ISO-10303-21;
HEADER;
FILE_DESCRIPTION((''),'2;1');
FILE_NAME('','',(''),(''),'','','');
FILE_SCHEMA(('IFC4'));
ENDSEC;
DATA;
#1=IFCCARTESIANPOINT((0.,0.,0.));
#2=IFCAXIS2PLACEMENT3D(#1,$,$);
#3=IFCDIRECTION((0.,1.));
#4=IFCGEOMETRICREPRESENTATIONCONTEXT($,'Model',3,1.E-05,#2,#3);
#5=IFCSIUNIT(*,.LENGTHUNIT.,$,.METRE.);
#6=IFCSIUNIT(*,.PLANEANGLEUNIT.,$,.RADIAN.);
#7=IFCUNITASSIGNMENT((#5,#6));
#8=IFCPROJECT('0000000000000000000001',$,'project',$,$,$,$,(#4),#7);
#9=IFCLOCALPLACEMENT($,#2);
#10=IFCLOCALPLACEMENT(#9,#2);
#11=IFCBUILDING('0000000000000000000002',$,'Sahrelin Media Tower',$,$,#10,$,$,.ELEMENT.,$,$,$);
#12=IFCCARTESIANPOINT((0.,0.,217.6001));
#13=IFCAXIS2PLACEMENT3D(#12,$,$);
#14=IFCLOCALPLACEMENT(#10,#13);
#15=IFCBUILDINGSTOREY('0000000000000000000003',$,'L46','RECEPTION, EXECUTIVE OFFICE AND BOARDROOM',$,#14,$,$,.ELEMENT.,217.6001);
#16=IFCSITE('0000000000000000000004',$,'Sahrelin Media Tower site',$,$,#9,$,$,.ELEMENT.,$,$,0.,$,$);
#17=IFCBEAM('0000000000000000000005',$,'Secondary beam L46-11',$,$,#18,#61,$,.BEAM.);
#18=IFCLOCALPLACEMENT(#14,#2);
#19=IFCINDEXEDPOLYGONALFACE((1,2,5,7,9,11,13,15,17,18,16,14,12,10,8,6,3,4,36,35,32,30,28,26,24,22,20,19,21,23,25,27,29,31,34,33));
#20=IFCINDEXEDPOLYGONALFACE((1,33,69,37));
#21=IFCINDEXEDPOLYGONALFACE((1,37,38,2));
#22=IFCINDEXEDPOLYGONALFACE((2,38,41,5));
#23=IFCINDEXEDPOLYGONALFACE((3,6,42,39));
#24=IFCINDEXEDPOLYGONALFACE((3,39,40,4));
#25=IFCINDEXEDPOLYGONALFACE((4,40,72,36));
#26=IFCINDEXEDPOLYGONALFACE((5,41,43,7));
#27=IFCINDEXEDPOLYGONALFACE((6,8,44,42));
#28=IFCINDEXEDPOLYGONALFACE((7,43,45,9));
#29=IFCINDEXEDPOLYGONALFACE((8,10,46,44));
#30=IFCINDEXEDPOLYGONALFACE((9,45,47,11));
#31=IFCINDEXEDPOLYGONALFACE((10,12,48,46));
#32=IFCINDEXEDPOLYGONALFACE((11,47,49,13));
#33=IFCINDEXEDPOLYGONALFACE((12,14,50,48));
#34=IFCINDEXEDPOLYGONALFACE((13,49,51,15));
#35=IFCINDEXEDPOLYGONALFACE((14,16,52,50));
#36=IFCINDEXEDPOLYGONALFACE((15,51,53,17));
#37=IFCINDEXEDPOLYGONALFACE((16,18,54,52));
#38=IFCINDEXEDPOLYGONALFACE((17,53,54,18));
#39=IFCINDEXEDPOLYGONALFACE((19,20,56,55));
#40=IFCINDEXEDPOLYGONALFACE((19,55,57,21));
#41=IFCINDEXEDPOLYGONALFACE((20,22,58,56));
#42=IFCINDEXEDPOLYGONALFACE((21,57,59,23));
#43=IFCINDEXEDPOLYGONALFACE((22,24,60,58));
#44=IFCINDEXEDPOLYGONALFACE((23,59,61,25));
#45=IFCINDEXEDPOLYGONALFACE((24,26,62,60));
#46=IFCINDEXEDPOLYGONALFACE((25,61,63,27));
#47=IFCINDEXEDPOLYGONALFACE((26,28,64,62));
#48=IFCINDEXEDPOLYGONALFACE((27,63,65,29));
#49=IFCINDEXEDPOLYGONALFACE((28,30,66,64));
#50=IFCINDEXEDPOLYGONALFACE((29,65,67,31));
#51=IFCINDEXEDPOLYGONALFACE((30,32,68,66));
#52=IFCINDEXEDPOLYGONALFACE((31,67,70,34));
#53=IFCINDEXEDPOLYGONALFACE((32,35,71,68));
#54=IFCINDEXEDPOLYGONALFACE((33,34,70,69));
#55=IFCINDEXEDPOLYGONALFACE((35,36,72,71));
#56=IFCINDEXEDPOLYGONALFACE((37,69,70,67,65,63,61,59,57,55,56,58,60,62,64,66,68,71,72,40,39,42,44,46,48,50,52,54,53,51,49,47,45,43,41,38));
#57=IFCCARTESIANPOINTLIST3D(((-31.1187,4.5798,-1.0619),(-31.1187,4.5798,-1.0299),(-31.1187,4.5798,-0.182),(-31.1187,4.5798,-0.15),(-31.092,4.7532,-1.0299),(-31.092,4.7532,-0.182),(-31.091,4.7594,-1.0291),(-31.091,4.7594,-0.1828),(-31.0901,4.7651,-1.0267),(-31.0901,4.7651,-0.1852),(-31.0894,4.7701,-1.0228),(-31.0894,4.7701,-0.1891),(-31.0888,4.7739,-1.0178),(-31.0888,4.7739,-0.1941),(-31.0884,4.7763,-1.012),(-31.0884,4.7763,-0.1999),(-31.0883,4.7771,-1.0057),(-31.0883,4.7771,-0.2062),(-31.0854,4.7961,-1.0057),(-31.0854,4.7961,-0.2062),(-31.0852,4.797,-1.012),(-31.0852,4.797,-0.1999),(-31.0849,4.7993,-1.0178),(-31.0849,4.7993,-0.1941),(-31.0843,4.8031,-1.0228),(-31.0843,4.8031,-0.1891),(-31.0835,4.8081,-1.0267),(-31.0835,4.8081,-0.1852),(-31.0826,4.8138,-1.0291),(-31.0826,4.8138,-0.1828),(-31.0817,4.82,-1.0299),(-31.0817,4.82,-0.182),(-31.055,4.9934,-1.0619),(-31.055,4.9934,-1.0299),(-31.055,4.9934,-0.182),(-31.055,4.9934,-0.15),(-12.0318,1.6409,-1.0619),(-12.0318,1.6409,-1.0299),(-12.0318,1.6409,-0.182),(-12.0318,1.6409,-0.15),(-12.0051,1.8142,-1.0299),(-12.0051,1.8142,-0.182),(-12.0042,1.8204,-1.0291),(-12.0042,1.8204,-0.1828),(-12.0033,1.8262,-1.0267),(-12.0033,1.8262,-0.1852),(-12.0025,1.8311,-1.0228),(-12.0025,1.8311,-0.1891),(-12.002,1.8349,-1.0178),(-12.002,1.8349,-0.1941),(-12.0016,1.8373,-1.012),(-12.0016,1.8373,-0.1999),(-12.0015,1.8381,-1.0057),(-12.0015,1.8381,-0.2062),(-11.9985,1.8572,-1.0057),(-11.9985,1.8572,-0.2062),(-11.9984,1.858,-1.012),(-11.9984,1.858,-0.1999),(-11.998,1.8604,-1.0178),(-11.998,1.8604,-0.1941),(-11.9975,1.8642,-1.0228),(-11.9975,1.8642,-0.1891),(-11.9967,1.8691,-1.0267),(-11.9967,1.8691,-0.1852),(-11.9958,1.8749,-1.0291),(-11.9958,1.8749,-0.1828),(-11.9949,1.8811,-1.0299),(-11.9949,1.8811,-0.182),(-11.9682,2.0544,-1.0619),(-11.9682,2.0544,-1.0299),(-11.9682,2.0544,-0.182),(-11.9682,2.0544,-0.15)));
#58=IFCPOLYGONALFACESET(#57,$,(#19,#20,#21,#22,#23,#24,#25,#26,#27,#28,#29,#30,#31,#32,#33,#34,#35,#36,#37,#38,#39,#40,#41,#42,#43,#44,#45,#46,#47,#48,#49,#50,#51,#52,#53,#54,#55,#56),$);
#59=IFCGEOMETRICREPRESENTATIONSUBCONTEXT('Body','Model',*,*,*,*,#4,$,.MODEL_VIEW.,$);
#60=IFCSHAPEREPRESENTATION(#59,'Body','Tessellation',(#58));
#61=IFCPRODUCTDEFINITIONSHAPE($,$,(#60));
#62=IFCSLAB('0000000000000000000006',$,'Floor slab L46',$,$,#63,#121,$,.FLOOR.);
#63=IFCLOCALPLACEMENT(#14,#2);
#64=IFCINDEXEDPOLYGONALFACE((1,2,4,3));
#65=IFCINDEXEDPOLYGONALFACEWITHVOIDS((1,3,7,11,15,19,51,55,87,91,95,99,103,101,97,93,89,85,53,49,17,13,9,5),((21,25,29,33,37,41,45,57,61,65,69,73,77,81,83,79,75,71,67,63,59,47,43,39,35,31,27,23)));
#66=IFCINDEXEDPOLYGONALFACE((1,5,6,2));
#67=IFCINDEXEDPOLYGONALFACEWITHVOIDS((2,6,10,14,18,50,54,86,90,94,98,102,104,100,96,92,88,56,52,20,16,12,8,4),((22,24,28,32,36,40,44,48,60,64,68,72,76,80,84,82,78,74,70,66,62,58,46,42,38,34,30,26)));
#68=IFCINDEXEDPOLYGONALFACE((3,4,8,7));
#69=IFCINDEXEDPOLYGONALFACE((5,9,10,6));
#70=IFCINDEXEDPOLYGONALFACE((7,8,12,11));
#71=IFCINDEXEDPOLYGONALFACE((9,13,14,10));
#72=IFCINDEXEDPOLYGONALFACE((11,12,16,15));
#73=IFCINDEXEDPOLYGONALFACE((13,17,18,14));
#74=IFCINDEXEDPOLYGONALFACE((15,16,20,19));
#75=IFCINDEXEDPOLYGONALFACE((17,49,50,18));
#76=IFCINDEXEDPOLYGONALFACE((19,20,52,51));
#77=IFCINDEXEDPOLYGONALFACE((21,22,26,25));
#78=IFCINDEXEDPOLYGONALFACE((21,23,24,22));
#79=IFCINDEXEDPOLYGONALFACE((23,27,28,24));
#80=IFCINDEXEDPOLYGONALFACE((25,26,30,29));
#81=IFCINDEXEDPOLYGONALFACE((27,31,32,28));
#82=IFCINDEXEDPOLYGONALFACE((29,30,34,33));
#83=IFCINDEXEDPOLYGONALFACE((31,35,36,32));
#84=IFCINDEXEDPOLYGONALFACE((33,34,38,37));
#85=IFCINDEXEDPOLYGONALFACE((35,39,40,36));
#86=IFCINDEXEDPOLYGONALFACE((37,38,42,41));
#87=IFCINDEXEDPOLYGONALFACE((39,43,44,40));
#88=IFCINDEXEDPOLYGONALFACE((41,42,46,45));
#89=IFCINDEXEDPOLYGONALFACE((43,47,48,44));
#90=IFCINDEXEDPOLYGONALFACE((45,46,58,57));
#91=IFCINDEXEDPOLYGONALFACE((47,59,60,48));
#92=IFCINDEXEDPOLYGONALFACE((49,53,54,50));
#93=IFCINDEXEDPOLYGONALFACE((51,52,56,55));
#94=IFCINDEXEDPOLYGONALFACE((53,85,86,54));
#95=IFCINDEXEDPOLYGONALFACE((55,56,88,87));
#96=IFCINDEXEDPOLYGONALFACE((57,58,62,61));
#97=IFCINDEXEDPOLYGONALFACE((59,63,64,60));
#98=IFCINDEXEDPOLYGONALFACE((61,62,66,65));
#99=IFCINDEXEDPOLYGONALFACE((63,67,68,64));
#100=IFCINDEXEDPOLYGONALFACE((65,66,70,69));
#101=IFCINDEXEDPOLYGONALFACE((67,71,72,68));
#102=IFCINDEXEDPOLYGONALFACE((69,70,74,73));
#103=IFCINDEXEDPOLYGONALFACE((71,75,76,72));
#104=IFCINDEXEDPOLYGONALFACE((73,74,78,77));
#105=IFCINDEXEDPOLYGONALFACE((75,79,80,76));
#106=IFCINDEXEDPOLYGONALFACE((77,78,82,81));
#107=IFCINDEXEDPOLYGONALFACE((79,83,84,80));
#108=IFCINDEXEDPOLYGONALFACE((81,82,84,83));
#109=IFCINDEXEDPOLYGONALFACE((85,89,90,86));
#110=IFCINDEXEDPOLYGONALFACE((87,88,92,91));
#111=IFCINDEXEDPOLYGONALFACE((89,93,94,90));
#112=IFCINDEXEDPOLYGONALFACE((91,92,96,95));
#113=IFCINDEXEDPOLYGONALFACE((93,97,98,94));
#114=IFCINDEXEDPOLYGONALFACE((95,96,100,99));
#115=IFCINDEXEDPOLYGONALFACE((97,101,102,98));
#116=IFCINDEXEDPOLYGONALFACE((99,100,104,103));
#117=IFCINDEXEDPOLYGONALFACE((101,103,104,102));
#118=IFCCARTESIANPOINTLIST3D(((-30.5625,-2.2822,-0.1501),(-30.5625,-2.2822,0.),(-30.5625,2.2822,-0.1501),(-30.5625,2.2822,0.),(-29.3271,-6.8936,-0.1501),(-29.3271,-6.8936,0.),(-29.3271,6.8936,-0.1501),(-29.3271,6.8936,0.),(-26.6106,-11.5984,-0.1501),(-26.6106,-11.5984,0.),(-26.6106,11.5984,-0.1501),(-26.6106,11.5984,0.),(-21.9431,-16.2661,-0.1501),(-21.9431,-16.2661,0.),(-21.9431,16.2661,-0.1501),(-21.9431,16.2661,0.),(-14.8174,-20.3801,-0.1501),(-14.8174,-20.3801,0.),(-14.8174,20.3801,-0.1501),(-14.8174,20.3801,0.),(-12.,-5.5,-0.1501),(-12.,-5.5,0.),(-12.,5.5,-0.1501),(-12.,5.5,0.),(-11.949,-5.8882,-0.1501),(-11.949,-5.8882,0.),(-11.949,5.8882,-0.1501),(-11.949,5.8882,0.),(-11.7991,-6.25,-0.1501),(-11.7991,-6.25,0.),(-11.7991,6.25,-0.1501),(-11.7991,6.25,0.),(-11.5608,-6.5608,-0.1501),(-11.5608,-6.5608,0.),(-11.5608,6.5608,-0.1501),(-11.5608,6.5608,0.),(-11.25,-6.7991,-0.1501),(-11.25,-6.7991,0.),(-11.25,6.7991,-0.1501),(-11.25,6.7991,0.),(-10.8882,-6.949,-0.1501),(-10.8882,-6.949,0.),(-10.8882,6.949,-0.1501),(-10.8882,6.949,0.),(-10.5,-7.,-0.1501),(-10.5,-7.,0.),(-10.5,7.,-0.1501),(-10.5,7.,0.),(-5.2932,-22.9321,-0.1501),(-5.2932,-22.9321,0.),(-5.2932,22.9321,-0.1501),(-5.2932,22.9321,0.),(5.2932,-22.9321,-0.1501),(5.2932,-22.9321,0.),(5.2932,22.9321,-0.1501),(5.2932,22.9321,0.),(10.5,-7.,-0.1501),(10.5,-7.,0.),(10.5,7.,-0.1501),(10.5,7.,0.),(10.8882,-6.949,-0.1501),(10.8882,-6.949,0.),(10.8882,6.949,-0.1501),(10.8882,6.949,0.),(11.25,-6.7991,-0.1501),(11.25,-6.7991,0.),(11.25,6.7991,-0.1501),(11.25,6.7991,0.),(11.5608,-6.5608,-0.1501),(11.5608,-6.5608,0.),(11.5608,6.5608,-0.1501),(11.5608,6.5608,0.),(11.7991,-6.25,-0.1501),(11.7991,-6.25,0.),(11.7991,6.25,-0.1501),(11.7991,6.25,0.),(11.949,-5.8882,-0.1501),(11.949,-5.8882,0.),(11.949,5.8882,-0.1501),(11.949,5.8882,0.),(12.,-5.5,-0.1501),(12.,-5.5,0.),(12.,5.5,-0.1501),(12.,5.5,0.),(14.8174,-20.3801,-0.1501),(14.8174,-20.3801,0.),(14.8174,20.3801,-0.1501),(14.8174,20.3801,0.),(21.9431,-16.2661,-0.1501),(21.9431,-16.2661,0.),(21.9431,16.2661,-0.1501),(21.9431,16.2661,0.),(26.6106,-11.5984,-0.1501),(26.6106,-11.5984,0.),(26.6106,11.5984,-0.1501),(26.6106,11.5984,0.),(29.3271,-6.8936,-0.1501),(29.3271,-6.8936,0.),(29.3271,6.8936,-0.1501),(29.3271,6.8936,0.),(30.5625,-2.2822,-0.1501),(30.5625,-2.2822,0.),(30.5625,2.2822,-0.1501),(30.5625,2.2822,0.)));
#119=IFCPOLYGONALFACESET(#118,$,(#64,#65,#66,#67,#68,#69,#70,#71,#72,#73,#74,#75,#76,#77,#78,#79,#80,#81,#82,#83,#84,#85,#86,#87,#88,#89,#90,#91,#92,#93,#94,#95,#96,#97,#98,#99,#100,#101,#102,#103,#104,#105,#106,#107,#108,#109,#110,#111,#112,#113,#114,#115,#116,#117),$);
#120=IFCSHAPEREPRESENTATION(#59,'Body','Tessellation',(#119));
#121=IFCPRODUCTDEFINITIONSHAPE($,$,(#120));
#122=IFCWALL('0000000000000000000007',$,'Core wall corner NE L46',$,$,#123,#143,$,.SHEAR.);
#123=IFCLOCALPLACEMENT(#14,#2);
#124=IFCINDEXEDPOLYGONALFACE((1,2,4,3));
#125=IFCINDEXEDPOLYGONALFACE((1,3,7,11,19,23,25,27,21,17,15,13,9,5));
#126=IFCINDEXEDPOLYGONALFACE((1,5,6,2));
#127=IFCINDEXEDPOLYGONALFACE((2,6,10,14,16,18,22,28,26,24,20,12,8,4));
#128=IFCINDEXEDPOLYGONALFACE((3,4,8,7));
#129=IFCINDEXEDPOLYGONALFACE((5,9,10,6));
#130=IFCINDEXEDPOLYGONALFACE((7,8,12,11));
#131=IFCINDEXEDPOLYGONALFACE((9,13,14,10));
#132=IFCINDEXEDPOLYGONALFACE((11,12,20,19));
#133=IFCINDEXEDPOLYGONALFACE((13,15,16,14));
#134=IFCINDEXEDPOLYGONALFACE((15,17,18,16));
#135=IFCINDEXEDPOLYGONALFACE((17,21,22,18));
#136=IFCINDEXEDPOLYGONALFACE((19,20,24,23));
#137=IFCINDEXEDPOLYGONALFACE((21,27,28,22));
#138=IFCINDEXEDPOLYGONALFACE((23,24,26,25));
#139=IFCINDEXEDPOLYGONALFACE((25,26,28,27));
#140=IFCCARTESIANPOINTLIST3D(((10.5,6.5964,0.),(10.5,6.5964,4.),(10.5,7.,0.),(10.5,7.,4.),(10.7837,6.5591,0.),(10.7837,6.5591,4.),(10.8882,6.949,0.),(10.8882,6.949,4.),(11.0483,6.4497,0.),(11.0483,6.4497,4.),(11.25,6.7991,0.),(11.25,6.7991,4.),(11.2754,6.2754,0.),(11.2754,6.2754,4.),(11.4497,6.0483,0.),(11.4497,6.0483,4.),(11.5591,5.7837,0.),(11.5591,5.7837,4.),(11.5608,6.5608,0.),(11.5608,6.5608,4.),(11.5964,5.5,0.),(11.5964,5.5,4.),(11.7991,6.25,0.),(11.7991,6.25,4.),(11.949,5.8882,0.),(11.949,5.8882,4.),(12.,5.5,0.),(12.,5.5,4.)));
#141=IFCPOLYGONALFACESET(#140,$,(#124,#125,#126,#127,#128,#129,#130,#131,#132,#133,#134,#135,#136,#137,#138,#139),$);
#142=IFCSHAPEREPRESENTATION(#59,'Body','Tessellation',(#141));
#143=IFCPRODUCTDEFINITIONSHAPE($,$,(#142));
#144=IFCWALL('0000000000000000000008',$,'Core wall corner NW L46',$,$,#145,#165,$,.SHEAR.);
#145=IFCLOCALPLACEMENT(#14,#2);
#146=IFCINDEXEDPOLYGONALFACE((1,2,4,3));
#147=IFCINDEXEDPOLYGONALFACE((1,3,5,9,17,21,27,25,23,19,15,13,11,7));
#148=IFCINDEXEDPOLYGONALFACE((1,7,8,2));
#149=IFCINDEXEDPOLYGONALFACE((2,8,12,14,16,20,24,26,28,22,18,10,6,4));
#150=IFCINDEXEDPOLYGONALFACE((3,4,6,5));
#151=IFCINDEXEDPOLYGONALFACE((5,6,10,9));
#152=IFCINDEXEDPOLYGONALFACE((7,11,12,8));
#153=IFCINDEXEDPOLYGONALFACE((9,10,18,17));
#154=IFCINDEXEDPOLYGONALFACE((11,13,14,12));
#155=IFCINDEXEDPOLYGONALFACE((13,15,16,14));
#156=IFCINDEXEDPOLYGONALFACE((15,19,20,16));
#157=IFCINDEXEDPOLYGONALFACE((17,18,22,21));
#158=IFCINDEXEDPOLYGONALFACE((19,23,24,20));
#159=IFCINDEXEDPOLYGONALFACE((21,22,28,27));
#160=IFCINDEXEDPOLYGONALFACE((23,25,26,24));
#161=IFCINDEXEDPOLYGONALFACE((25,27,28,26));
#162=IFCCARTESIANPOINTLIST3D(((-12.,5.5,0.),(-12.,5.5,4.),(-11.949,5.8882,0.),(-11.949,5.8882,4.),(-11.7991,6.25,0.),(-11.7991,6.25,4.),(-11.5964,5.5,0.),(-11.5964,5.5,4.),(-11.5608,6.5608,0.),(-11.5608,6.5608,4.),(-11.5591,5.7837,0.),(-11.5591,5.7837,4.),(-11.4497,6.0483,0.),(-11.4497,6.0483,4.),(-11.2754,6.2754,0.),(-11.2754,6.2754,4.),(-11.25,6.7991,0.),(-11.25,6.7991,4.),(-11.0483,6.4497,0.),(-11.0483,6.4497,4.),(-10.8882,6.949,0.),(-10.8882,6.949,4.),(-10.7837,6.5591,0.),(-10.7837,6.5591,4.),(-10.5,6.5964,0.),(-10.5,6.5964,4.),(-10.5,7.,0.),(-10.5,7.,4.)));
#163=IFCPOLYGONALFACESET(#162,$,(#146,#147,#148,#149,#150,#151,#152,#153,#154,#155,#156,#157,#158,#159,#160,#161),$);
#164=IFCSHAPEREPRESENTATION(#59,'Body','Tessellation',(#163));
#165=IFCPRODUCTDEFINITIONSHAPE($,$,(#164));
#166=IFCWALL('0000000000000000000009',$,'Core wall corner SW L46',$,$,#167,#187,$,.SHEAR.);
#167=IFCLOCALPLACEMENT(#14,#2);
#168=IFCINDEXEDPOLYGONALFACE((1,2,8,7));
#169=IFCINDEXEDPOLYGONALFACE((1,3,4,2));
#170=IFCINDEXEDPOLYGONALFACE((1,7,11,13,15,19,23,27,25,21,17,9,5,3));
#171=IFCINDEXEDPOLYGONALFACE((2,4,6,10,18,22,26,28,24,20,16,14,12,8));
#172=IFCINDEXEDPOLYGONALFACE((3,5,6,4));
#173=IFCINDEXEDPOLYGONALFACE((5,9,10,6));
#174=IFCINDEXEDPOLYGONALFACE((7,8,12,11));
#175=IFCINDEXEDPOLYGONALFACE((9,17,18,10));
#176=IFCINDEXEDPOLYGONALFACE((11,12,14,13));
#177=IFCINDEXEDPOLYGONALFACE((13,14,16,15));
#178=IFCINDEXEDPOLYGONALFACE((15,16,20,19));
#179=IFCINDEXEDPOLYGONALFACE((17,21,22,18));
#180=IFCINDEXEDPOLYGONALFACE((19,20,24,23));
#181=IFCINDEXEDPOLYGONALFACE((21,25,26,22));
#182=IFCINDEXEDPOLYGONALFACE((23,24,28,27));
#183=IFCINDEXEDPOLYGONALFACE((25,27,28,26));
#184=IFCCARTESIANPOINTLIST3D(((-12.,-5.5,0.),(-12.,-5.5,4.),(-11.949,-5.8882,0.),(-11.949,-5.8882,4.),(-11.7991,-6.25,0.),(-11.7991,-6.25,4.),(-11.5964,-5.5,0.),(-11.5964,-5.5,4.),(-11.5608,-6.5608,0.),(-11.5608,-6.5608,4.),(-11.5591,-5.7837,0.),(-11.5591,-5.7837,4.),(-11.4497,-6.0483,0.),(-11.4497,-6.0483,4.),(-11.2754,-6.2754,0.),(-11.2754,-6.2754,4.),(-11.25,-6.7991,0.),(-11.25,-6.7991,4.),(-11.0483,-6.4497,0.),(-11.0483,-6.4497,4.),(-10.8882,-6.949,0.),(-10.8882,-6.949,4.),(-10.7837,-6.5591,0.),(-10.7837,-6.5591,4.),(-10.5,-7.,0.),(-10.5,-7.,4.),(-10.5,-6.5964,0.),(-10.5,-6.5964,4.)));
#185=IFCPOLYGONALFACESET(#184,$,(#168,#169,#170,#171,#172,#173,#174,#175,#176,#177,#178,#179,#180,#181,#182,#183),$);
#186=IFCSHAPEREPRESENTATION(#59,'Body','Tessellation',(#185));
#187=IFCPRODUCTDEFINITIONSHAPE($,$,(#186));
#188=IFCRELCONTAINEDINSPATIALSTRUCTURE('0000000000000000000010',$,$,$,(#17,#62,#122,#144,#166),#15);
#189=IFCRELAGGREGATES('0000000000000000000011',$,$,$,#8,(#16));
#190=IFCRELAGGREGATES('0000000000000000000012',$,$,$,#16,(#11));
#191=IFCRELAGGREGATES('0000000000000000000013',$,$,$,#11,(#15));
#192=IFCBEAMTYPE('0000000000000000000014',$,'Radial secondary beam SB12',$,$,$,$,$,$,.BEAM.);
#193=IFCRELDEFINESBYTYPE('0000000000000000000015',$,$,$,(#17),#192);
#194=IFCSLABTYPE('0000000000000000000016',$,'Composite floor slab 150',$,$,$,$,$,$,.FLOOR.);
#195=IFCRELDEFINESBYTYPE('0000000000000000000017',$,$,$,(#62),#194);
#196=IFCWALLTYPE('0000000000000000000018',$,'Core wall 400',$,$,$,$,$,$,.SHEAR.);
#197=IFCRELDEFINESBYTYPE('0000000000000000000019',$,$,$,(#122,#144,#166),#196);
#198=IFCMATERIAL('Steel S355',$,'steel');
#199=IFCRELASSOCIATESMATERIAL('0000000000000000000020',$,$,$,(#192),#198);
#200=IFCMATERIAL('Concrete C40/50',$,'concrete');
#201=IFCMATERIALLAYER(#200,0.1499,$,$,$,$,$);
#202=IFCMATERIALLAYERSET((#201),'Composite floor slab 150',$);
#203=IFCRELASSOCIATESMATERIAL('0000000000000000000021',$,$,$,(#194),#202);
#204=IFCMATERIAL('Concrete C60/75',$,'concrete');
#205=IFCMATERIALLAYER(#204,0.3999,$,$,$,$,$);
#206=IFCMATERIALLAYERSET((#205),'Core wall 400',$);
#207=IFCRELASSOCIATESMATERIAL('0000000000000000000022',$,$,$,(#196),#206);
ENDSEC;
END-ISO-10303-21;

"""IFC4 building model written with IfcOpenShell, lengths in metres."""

from ifc_helpers import new_model, si_unit, direction, frame, origin, origin_2d, place, context, subcontext, project, spatial, polyline, i_section, outline, extrude, material, layer, layer_set, material_profile, profile_set, type_object, element, save


model = new_model("IFC4")

# Units and contexts
model_context = context("Model", 3, precision=1e-05, world=origin(), true_north=direction((0.0, 1.0)))
body_context = subcontext(model_context, "Body", "Model", "MODEL_VIEW")
ifc_project = project(units=[si_unit("LENGTHUNIT", "METRE"), si_unit("PLANEANGLEUNIT", "RADIAN")], contexts=[model_context])

# Site, building, storey
site_placement = place(None, origin())
site = spatial("IfcSite", under=ifc_project, at=site_placement, Name="Sahrelin Media Tower site", CompositionType="ELEMENT", RefElevation=0.0)
building_placement = place(site_placement, origin())
building = spatial("IfcBuilding", under=site, at=building_placement, Name="Sahrelin Media Tower", CompositionType="ELEMENT")
storey_placement = place(building_placement, frame((0.0, 0.0, 217.6001)))
storey = spatial("IfcBuildingStorey", under=building, at=storey_placement, Name="L46", Description="RECEPTION, EXECUTIVE OFFICE AND BOARDROOM", CompositionType="ELEMENT", Elevation=217.6001)

# Beam
ifc_material_1 = material(Name="Steel S355", Category="steel")
ifc_material_profile_1 = material_profile(ifc_material_1, i_section(OverallWidth=0.4185, OverallDepth=0.9119, WebThickness=0.0193, FlangeThickness=0.032, FilletRadius=0.0242, at=origin_2d()), Name="UB 914x419x343")
ifc_profile_set_1 = profile_set([ifc_material_profile_1], Name="Steel S355")
beam_type_1 = type_object("IfcBeamType", Name="Radial secondary beam SB12", PredefinedType="BEAM", material=ifc_profile_set_1)
beam_1_placement = place(storey_placement, frame((-12.0, 1.8477, -0.606), z_axis=(-0.988352, 0.152184, 0.0), x_axis=(-0.152184, -0.988352, 0.0)))
element("IfcBeam", 1, at=beam_1_placement, inside=storey, type_object=beam_type_1, Name="Secondary beam L46-11", PredefinedType="BEAM", context=body_context, shape_type="SweptSolid", body=[
    extrude(i_section(OverallWidth=0.4185, OverallDepth=0.9119, WebThickness=0.0193, FlangeThickness=0.032, FilletRadius=0.0242, at=origin_2d()), origin(), (0.0, 0.0, 1.0), 19.3118),
])

# Slab
ifc_material_2 = material(Name="Concrete C40/50", Category="concrete")
ifc_layer_1 = layer(ifc_material_2, 0.1499)
ifc_layer_set_1 = layer_set([ifc_layer_1], Name="Composite floor slab 150")
slab_type = type_object("IfcSlabType", Name="Composite floor slab 150", PredefinedType="FLOOR", material=ifc_layer_set_1)
slab_placement = place(storey_placement, frame((0.0, 0.0, -0.1501)))
element("IfcSlab", 2, at=slab_placement, inside=storey, type_object=slab_type, Name="Floor slab L46", PredefinedType="FLOOR", context=body_context, shape_type="SweptSolid", body=[
    extrude(outline(polyline([(30.5625, -2.2822), (30.5625, 2.2822), (29.3271, 6.8936), (26.6106, 11.5984), (21.9431, 16.2661), (14.8174, 20.3801), (5.2932, 22.9321), (-5.2932, 22.9321), (-14.8174, 20.3801), (-21.9431, 16.2661), (-26.6106, 11.5984), (-29.3271, 6.8936), (-30.5625, 2.2822), (-30.5625, -2.2822), (-29.3271, -6.8936), (-26.6106, -11.5984), (-21.9431, -16.2661), (-14.8174, -20.3801), (-5.2932, -22.9321), (5.2932, -22.9321), (14.8174, -20.3801), (21.9431, -16.2661), (26.6106, -11.5984), (29.3271, -6.8936), (30.5625, -2.2822)]), holes=[polyline([(11.949, 5.8882), (12.0, 5.5), (12.0, -5.5), (11.949, -5.8882), (11.7991, -6.25), (11.5608, -6.5608), (11.25, -6.7991), (10.8882, -6.949), (10.5, -7.0), (-10.5, -7.0), (-10.8882, -6.949), (-11.25, -6.7991), (-11.5608, -6.5608), (-11.7991, -6.25), (-11.949, -5.8882), (-12.0, -5.5), (-12.0, 5.5), (-11.949, 5.8882), (-11.7991, 6.25), (-11.5608, 6.5608), (-11.25, 6.7991), (-10.8882, 6.949), (-10.5, 7.0), (10.5, 7.0), (10.8882, 6.949), (11.25, 6.7991), (11.5608, 6.5608), (11.7991, 6.25), (11.949, 5.8882)])]), origin(), (0.0, 0.0, 1.0), 0.1501),
])

# Walls
ifc_material_3 = material(Name="Concrete C60/75", Category="concrete")
ifc_layer_2 = layer(ifc_material_3, 0.3999)
ifc_layer_set_2 = layer_set([ifc_layer_2], Name="Core wall 400")
wall_type_1 = type_object("IfcWallType", Name="Core wall 400", PredefinedType="SHEAR", material=ifc_layer_set_2)
placement = place(storey_placement, origin())
element("IfcWall", 3, at=placement, inside=storey, type_object=wall_type_1, Name="Core wall corner NE L46", PredefinedType="SHEAR", context=body_context, shape_type="SweptSolid", body=[
    extrude(outline(polyline([(10.5, 7.0), (10.5, 6.5964), (10.7837, 6.5591), (11.0483, 6.4497), (11.2754, 6.2754), (11.4497, 6.0483), (11.5591, 5.7837), (11.5964, 5.5), (12.0, 5.5), (11.949, 5.8882), (11.7991, 6.25), (11.5608, 6.5608), (11.25, 6.7991), (10.8882, 6.949), (10.5, 7.0)])), origin(), (0.0, 0.0, 1.0), 4.0),
])
element("IfcWall", 4, at=placement, inside=storey, type_object=wall_type_1, Name="Core wall corner NW L46", PredefinedType="SHEAR", context=body_context, shape_type="SweptSolid", body=[
    extrude(outline(polyline([(-12.0, 5.5), (-11.5964, 5.5), (-11.5591, 5.7837), (-11.4497, 6.0483), (-11.2754, 6.2754), (-11.0483, 6.4497), (-10.7837, 6.5591), (-10.5, 6.5964), (-10.5, 7.0), (-10.8882, 6.949), (-11.25, 6.7991), (-11.5608, 6.5608), (-11.7991, 6.25), (-11.949, 5.8882), (-12.0, 5.5)])), origin(), (0.0, 0.0, 1.0), 4.0),
])
element("IfcWall", 5, at=placement, inside=storey, type_object=wall_type_1, Name="Core wall corner SW L46", PredefinedType="SHEAR", context=body_context, shape_type="SweptSolid", body=[
    extrude(outline(polyline([(-10.5, -7.0), (-10.5, -6.5964), (-10.7837, -6.5591), (-11.0483, -6.4497), (-11.2754, -6.2754), (-11.4497, -6.0483), (-11.5591, -5.7837), (-11.5964, -5.5), (-12.0, -5.5), (-11.949, -5.8882), (-11.7991, -6.25), (-11.5608, -6.5608), (-11.25, -6.7991), (-10.8882, -6.949), (-10.5, -7.0)])), origin(), (0.0, 0.0, 1.0), 4.0),
])

save(model, "model.ifc")
